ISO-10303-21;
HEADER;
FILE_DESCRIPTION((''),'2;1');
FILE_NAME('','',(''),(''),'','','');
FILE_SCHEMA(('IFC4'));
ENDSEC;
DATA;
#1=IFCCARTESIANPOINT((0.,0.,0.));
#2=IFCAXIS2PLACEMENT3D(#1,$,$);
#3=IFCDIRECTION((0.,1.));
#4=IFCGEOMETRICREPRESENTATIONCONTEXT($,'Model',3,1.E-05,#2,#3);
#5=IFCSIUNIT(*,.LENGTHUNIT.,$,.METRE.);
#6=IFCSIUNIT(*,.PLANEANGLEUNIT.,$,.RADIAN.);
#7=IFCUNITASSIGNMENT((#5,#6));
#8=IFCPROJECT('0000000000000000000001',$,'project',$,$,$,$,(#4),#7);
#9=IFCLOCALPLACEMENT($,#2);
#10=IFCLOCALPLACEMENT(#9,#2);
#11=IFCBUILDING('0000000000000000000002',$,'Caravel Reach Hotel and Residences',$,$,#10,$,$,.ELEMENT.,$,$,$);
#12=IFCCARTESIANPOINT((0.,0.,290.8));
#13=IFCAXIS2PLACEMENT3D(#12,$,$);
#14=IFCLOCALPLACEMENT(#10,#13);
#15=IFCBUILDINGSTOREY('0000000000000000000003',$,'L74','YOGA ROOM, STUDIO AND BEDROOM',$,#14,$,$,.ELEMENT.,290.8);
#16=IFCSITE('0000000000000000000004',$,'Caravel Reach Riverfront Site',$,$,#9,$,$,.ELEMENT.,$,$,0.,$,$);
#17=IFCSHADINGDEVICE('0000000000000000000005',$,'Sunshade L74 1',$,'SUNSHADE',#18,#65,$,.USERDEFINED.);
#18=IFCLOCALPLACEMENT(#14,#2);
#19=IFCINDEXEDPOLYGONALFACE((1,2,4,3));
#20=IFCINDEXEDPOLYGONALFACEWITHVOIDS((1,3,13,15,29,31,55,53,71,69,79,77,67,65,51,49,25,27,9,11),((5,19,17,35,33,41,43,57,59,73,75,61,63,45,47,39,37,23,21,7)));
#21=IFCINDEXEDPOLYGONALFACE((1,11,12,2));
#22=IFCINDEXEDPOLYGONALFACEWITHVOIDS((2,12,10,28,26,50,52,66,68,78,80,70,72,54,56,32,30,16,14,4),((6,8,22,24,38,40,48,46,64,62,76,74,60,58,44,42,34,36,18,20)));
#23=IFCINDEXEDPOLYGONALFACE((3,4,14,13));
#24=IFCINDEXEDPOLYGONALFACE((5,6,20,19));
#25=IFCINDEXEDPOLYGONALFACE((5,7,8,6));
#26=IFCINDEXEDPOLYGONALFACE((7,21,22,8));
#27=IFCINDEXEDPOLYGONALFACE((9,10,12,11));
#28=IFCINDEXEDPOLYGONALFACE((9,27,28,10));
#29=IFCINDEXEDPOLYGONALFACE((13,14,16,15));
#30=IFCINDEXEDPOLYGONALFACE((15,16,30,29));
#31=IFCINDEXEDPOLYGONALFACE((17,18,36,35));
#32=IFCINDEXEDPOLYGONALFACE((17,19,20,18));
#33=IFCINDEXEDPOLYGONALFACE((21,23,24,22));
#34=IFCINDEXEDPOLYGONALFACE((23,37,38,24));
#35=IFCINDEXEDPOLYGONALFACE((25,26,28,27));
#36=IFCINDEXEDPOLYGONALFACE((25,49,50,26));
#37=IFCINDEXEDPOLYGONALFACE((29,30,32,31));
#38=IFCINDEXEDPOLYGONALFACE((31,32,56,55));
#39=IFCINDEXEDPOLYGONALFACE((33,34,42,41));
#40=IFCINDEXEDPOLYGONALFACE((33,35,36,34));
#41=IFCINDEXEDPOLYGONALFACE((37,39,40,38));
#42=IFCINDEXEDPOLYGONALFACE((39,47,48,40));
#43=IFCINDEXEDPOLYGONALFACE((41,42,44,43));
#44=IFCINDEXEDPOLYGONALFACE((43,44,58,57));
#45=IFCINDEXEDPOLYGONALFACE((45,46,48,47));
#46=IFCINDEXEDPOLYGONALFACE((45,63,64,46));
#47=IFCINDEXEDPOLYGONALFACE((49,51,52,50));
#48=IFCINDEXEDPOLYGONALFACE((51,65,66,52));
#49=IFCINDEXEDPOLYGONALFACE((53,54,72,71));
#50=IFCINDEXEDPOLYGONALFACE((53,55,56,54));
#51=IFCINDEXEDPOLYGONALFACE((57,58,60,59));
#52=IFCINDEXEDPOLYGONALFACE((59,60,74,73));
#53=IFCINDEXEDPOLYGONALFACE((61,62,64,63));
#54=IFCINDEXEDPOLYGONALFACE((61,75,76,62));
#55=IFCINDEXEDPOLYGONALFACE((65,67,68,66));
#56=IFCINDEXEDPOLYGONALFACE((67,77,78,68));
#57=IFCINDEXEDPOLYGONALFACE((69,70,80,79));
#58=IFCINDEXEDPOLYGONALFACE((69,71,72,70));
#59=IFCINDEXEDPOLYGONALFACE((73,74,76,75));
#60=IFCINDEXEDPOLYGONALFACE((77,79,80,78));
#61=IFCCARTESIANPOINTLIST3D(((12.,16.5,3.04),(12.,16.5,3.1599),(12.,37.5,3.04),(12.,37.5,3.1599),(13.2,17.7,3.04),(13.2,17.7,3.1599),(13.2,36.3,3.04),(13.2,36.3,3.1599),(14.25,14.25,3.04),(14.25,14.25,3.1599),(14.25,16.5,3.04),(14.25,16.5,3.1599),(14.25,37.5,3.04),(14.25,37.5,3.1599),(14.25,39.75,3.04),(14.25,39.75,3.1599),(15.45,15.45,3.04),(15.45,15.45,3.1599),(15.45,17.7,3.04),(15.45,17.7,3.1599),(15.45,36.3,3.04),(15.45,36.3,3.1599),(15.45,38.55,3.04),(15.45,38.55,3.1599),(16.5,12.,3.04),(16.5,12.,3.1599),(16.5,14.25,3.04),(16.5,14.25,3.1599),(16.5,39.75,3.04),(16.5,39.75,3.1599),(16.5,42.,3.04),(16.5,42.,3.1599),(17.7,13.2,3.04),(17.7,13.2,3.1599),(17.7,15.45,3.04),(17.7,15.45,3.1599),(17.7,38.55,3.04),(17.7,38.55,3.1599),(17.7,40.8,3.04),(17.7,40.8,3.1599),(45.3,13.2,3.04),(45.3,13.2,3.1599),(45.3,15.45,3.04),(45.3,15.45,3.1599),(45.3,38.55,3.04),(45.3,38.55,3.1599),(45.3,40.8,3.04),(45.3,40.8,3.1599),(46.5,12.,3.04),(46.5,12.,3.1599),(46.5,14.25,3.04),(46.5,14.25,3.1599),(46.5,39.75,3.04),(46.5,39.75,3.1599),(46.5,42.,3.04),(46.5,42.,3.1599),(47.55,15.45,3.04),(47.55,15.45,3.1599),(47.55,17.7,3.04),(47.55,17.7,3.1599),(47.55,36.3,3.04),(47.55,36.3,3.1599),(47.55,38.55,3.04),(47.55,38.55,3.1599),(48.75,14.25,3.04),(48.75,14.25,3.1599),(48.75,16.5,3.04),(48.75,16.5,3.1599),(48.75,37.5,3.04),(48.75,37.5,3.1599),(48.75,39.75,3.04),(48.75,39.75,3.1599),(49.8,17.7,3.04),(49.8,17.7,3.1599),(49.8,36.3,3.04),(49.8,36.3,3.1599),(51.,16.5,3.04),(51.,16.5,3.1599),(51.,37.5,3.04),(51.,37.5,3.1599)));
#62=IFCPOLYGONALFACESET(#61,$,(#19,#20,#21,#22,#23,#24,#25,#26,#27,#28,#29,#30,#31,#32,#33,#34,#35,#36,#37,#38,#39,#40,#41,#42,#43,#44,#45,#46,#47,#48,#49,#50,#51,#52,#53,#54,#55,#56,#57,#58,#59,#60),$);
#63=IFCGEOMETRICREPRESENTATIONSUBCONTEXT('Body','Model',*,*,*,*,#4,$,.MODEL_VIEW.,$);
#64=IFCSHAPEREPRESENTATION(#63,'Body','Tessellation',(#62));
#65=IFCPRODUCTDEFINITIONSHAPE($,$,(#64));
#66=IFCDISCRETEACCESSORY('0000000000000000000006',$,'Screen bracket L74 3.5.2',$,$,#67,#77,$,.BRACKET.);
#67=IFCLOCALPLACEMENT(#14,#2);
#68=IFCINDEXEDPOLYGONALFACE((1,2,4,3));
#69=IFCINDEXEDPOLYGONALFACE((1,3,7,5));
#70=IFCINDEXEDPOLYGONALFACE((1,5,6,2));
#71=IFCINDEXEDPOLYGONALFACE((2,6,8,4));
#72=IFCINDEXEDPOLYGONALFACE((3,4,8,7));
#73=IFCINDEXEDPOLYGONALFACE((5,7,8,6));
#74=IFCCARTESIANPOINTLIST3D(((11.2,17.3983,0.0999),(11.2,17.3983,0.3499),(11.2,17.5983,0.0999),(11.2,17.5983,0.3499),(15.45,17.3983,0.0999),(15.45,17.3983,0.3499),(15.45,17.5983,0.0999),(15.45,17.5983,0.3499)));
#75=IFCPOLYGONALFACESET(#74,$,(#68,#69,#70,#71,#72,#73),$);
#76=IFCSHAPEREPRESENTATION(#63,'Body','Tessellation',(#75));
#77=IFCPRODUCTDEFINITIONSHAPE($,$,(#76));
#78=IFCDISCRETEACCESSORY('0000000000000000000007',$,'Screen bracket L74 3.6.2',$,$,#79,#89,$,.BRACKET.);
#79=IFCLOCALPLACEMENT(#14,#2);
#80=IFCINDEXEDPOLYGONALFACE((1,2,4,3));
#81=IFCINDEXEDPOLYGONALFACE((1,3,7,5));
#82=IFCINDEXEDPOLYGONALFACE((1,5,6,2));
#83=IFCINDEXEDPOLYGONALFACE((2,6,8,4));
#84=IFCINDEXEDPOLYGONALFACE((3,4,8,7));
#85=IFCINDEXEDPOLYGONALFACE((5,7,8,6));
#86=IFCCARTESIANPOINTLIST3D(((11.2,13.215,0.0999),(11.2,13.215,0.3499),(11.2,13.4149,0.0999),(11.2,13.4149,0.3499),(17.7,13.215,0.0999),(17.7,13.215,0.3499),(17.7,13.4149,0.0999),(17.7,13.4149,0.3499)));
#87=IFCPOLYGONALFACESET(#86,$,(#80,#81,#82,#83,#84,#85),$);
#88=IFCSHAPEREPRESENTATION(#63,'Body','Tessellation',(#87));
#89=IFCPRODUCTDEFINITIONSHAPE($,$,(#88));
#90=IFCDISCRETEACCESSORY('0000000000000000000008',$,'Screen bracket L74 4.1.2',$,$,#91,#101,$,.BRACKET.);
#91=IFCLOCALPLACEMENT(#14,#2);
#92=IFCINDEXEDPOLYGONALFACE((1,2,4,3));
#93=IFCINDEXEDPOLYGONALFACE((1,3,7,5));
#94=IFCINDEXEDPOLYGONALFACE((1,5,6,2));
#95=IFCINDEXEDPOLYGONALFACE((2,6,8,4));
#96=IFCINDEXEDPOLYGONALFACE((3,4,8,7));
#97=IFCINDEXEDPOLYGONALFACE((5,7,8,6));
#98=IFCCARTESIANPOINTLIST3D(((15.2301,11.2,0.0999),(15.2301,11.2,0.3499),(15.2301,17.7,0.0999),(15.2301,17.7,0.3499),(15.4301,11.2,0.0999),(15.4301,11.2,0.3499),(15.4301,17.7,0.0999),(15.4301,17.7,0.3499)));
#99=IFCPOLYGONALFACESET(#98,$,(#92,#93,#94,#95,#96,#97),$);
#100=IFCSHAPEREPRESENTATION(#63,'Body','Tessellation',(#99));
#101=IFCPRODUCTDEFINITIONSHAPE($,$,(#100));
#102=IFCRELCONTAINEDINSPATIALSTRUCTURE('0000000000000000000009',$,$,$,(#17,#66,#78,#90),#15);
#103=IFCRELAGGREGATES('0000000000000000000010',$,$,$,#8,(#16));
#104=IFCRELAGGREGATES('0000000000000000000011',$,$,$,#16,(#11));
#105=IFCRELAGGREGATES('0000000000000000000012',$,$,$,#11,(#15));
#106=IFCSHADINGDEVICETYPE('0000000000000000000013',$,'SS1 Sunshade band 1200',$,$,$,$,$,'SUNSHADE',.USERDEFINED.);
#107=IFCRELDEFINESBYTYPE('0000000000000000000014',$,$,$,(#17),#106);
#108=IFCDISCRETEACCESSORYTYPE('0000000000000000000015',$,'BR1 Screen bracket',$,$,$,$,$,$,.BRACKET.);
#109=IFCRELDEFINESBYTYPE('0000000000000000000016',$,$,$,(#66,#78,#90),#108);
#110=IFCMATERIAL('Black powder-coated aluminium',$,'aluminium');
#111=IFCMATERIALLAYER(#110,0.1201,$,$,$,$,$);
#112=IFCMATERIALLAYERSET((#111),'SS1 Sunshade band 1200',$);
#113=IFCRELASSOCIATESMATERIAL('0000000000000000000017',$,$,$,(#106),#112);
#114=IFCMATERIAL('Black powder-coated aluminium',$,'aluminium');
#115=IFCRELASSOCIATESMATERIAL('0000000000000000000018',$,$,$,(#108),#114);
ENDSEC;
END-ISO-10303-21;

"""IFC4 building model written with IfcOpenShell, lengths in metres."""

from ifc_helpers import new_model, si_unit, direction, frame, origin, origin_2d, place, context, subcontext, project, spatial, polyline, rectangle, outline, extrude, material, layer, layer_set, type_object, element, save


model = new_model("IFC4")

# Units and contexts
model_context = context("Model", 3, precision=1e-05, world=origin(), true_north=direction((0.0, 1.0)))
body_context = subcontext(model_context, "Body", "Model", "MODEL_VIEW")
ifc_project = project(units=[si_unit("LENGTHUNIT", "METRE"), si_unit("PLANEANGLEUNIT", "RADIAN")], contexts=[model_context])

# Site, building, storey
site_placement = place(None, origin())
site = spatial("IfcSite", under=ifc_project, at=site_placement, Name="Caravel Reach Riverfront Site", CompositionType="ELEMENT", RefElevation=0.0)
building_placement = place(site_placement, origin())
building = spatial("IfcBuilding", under=site, at=building_placement, Name="Caravel Reach Hotel and Residences", CompositionType="ELEMENT")
storey_placement = place(building_placement, frame((0.0, 0.0, 290.8)))
storey = spatial("IfcBuildingStorey", under=building, at=storey_placement, Name="L74", Description="YOGA ROOM, STUDIO AND BEDROOM", CompositionType="ELEMENT", Elevation=290.8)

# Shading device
ifc_material_1 = material(Name="Black powder-coated aluminium", Category="aluminium")
ifc_layer_1 = layer(ifc_material_1, 0.1201)
ifc_layer_set_1 = layer_set([ifc_layer_1], Name="SS1 Sunshade band 1200")
shading_device_type = type_object("IfcShadingDeviceType", Name="SS1 Sunshade band 1200", ElementType="SUNSHADE", PredefinedType="USERDEFINED", material=ifc_layer_set_1)
shading_device_placement = place(storey_placement, frame((0.0, 0.0, 3.04)))
element("IfcShadingDevice", 1, at=shading_device_placement, inside=storey, type_object=shading_device_type, Name="Sunshade L74 1", ObjectType="SUNSHADE", PredefinedType="USERDEFINED", context=body_context, shape_type="SweptSolid", body=[
    extrude(outline(polyline([(16.5, 12.0), (46.5, 12.0), (46.5, 14.25), (48.75, 14.25), (48.75, 16.5), (51.0, 16.5), (51.0, 37.5), (48.75, 37.5), (48.75, 39.75), (46.5, 39.75), (46.5, 42.0), (16.5, 42.0), (16.5, 39.75), (14.25, 39.75), (14.25, 37.5), (12.0, 37.5), (12.0, 16.5), (14.25, 16.5), (14.25, 14.25), (16.5, 14.25), (16.5, 12.0)]), holes=[polyline([(45.3, 15.45), (45.3, 13.2), (17.7, 13.2), (17.7, 15.45), (15.45, 15.45), (15.45, 17.7), (13.2, 17.7), (13.2, 36.3), (15.45, 36.3), (15.45, 38.55), (17.7, 38.55), (17.7, 40.8), (45.3, 40.8), (45.3, 38.55), (47.55, 38.55), (47.55, 36.3), (49.8, 36.3), (49.8, 17.7), (47.55, 17.7), (47.55, 15.45), (45.3, 15.45)])]), origin(), (0.0, 0.0, 1.0), 0.1199),
])

# Discrete accessories
ifc_material_2 = material(Name="Black powder-coated aluminium", Category="aluminium")
discrete_accessory_type = type_object("IfcDiscreteAccessoryType", Name="BR1 Screen bracket", PredefinedType="BRACKET", material=ifc_material_2)
discrete_accessory_placement = place(storey_placement, frame((13.325, 17.4983, 0.0999), z_axis=(0.0, 0.0, 1.0), x_axis=(-1.0, 0.0, 0.0)))
element("IfcDiscreteAccessory", 2, at=discrete_accessory_placement, inside=storey, type_object=discrete_accessory_type, Name="Screen bracket L74 3.5.2", PredefinedType="BRACKET", context=body_context, shape_type="SweptSolid", body=[
    extrude(rectangle(XDim=4.25, YDim=0.2, at=origin_2d()), origin(), (0.0, 0.0, 1.0), 0.25),
])
for number, where, z_axis, x_axis, name in (
    (3, (14.45, 13.3149, 0.0999), (0.0, 0.0, 1.0), (-1.0, 0.0, 0.0), "Screen bracket L74 3.6.2"),
    (4, (15.3301, 14.45, 0.0999), (0.0, 0.0, 1.0), (0.0, -1.0, 0.0), "Screen bracket L74 4.1.2"),
):
    element("IfcDiscreteAccessory", number, at=place(storey_placement, frame(where, z_axis=z_axis, x_axis=x_axis)), inside=storey, type_object=discrete_accessory_type, Name=name, PredefinedType="BRACKET", context=body_context, shape_type="SweptSolid", body=[
        extrude(rectangle(XDim=6.5, YDim=0.2, at=origin_2d()), origin(), (0.0, 0.0, 1.0), 0.25),
    ])

save(model, "model.ifc")
